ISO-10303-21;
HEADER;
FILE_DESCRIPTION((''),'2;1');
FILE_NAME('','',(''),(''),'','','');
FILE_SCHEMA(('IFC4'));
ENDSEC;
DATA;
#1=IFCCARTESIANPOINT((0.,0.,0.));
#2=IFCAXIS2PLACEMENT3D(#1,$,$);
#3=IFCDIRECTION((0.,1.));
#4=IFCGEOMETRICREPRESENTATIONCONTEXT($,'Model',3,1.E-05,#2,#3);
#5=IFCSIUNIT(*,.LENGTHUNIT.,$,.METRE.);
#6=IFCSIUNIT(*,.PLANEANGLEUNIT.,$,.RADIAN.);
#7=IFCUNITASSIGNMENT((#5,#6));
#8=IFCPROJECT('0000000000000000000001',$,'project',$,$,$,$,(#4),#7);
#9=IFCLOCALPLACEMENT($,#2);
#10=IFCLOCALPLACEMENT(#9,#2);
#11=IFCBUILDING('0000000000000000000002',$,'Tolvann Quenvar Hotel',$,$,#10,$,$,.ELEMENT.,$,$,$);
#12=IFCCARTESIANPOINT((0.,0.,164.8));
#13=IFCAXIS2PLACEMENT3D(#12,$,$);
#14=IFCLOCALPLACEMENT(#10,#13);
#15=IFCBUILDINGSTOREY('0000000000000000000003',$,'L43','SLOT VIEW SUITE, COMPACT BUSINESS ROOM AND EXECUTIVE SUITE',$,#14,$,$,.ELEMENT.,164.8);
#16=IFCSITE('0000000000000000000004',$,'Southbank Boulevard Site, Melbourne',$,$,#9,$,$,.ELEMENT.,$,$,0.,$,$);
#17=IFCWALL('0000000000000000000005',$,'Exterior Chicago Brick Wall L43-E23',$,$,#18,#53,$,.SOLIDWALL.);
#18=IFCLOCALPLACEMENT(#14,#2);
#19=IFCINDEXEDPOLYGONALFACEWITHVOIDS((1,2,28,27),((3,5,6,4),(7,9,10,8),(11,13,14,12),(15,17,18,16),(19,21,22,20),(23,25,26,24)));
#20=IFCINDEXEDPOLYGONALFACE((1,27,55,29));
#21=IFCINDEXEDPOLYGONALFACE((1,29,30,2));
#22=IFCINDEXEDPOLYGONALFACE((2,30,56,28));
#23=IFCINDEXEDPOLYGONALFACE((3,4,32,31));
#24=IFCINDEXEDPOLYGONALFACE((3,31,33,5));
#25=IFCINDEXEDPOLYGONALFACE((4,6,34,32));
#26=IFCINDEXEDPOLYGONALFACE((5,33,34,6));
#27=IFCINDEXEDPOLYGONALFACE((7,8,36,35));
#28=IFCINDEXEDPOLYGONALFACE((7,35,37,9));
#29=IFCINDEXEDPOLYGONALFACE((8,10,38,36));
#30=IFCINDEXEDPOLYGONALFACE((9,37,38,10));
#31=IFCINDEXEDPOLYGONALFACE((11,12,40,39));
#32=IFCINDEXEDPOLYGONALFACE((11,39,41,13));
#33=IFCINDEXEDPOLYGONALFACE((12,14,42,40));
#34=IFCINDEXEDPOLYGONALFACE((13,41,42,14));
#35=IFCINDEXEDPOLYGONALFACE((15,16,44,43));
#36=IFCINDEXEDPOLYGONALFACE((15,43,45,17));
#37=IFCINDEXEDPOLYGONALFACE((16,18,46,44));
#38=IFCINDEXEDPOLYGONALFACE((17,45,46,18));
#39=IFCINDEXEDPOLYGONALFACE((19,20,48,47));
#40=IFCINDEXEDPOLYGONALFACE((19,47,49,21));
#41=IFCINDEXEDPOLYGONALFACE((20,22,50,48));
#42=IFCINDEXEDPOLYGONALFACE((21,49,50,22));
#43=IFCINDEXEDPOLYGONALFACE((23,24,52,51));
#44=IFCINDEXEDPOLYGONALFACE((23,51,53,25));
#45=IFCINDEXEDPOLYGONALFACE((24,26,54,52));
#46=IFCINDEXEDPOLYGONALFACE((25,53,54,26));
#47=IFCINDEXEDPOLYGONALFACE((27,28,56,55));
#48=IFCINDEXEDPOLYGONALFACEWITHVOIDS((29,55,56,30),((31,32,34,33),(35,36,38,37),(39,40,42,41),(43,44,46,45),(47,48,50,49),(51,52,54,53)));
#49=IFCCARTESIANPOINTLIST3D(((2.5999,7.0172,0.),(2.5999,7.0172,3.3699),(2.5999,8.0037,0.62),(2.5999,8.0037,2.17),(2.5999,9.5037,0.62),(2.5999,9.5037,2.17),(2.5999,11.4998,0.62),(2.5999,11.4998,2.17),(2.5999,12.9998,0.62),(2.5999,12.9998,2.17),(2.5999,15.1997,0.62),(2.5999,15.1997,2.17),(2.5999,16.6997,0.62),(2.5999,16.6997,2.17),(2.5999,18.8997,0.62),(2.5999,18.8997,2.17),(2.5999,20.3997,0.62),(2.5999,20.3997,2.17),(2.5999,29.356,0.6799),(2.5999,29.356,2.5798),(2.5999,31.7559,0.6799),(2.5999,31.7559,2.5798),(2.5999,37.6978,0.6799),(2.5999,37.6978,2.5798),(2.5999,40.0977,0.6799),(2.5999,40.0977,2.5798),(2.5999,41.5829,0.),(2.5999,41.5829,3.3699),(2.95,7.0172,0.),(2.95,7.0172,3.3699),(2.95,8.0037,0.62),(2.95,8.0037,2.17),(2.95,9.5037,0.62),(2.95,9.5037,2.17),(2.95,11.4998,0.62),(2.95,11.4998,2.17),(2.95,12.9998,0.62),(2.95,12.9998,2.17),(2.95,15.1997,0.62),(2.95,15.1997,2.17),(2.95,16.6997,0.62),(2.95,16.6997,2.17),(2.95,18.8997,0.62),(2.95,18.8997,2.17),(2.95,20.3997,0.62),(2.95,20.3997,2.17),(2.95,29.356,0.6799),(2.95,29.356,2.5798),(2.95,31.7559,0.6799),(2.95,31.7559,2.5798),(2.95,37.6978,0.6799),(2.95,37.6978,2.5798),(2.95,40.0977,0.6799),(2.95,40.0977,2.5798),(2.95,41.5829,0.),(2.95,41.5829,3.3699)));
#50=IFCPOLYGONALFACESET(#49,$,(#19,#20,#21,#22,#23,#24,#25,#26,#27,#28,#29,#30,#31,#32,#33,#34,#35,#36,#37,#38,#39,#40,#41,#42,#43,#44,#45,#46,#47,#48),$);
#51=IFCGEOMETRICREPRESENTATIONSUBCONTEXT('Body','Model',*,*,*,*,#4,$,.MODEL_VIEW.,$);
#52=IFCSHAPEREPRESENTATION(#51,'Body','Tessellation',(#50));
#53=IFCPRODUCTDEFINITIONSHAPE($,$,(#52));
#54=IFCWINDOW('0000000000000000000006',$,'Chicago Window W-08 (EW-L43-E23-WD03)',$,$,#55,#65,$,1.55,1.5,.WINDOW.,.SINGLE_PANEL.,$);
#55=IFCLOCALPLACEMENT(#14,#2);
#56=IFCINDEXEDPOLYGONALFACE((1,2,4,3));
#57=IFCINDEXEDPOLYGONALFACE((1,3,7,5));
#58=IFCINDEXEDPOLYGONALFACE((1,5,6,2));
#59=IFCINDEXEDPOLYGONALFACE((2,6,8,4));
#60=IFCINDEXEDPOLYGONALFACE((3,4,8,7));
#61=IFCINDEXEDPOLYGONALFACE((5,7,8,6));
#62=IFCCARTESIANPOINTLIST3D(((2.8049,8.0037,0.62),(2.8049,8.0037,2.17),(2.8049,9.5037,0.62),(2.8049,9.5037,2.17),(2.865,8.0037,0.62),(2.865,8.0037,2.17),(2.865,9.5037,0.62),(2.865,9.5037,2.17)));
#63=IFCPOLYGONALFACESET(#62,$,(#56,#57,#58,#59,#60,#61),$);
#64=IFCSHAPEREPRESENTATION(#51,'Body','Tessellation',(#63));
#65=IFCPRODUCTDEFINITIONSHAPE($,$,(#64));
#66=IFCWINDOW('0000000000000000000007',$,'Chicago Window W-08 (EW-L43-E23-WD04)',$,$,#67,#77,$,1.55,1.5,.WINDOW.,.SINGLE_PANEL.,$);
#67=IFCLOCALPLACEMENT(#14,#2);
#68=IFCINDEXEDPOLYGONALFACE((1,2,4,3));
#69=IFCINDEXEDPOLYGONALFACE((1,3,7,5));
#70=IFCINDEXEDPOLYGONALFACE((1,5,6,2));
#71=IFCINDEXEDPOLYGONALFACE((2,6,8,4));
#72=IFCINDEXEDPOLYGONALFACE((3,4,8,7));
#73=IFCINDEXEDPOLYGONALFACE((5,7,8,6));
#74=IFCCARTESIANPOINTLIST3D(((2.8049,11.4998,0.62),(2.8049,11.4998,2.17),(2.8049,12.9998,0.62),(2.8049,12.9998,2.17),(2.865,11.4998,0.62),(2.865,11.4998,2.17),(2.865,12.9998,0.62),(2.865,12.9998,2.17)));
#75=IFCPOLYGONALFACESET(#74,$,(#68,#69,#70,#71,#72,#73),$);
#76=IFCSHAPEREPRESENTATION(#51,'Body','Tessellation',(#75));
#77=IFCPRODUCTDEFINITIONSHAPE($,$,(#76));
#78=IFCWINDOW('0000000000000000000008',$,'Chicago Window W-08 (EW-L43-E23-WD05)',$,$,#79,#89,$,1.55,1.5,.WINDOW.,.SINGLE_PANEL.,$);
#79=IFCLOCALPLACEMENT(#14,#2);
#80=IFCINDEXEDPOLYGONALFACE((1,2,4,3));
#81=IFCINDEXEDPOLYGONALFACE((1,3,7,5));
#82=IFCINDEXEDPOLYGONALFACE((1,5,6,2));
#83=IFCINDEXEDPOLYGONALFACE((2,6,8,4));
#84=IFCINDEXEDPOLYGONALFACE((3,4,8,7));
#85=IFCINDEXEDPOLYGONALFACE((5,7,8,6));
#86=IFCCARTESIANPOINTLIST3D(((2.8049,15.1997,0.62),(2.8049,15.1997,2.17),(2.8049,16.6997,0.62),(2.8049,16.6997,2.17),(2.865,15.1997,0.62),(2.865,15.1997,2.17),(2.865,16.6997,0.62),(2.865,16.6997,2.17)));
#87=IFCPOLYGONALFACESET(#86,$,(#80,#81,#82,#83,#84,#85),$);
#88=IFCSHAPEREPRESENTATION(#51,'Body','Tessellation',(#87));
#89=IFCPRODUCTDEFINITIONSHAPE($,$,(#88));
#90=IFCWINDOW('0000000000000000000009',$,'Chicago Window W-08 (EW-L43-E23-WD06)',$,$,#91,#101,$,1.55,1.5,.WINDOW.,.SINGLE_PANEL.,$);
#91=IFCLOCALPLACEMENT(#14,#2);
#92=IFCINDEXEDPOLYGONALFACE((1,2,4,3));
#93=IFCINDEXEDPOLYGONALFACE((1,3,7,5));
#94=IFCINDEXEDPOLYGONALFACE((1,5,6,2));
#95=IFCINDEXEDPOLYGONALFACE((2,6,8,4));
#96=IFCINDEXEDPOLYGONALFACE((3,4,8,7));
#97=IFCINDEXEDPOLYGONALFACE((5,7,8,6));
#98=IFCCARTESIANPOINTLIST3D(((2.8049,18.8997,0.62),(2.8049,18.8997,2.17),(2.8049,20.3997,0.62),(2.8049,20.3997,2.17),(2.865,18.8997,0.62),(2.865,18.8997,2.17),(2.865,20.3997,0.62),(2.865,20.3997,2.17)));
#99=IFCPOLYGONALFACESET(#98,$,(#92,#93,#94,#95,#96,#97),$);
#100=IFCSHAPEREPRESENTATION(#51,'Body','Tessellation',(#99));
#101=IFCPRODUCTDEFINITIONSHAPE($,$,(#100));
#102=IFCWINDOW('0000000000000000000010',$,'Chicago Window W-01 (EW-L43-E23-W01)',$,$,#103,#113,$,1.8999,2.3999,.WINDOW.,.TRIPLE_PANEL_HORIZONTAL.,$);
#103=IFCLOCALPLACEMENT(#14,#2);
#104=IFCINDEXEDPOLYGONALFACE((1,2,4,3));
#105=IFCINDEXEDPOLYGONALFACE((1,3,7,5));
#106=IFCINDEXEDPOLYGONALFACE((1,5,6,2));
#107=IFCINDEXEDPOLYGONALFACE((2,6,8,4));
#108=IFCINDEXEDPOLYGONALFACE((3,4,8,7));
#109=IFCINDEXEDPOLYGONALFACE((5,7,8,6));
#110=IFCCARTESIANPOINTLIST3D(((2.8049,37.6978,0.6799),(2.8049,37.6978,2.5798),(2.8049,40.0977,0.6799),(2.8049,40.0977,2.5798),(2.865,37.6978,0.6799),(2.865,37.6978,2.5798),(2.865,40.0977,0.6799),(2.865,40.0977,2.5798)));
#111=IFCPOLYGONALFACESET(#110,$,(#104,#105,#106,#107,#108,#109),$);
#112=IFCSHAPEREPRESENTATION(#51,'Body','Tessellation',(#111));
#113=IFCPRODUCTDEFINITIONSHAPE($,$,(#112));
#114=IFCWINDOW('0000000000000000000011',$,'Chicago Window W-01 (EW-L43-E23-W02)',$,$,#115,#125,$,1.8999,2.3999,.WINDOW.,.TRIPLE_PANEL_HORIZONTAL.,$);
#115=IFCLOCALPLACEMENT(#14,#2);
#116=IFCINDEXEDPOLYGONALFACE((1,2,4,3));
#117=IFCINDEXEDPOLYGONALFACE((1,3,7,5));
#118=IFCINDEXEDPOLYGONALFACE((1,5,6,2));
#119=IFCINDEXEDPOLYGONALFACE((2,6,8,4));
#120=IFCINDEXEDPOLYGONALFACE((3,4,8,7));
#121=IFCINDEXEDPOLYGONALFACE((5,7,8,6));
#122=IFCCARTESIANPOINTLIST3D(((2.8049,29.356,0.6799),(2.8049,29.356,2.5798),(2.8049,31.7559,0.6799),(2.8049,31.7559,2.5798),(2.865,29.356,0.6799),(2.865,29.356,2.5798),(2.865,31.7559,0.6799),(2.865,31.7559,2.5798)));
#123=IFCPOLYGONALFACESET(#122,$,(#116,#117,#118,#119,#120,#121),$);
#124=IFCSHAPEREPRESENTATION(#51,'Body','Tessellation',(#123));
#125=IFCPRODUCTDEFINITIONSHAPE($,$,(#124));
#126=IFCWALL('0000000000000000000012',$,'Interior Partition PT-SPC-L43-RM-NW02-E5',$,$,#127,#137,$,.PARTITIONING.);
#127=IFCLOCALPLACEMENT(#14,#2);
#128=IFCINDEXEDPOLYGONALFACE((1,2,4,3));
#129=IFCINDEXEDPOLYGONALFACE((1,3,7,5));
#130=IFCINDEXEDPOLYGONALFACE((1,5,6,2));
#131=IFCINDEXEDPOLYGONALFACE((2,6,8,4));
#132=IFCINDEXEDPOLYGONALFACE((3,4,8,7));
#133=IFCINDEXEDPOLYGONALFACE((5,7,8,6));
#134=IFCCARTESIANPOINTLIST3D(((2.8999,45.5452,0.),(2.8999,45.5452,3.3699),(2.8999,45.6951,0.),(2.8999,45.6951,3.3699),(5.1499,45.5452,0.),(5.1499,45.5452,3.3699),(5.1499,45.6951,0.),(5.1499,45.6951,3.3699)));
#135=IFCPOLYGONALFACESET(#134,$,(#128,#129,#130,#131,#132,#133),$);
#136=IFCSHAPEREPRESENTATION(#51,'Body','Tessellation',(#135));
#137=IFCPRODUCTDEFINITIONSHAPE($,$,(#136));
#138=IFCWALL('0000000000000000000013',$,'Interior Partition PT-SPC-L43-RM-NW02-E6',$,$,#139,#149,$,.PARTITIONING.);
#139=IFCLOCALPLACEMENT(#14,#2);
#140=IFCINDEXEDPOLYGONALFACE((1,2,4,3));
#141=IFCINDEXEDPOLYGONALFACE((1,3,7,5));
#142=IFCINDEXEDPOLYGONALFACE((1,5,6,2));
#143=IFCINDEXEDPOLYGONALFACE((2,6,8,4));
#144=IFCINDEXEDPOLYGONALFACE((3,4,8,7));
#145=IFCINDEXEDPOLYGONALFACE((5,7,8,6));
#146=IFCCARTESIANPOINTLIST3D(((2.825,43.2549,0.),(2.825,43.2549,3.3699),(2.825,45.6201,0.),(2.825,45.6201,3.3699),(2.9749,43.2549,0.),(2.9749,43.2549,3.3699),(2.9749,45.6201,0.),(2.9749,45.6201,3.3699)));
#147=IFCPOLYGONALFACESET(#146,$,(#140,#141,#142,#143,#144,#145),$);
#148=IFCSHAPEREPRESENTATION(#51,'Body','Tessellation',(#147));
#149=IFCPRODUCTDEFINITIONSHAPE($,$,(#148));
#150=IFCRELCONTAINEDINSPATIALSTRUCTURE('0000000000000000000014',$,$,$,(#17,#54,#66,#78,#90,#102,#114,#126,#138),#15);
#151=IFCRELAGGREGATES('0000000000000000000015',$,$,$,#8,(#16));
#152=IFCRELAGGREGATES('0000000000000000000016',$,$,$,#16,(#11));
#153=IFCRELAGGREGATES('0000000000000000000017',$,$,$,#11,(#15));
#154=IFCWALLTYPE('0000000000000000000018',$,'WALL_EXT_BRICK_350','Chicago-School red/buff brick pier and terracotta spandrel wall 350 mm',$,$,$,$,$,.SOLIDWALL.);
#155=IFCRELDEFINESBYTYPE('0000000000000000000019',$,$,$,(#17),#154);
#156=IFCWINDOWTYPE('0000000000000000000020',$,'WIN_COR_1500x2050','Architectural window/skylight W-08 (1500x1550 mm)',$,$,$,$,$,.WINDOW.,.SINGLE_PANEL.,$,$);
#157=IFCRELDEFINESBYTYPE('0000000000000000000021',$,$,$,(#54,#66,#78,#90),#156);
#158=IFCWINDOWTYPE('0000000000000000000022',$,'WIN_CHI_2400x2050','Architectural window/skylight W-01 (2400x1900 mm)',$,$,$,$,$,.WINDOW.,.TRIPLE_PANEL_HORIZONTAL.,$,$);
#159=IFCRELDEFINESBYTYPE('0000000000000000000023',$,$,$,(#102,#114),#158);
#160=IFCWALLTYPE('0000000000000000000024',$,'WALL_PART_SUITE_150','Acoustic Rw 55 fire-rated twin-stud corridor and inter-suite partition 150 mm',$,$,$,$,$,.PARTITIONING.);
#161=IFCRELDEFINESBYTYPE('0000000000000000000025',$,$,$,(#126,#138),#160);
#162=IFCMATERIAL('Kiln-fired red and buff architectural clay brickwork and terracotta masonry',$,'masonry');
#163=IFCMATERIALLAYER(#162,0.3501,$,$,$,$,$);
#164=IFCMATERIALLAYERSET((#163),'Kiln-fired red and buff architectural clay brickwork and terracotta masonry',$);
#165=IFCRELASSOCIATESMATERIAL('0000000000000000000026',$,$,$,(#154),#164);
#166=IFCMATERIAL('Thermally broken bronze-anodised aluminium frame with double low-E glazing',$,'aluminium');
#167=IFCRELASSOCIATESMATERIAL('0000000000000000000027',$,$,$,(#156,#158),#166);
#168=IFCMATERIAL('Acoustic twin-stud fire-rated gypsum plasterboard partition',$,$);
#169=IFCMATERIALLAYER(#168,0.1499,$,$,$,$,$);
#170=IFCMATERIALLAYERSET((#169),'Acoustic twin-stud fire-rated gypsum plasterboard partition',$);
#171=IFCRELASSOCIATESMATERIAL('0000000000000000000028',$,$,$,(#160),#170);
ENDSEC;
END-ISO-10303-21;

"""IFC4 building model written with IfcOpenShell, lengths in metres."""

from ifc_helpers import new_model, si_unit, direction, frame, frame_2d, origin, place, context, subcontext, project, spatial, rectangle, extrude, source, transform, mapped, material, layer, layer_set, type_object, type_shapes, element, fill, save


model = new_model("IFC4")

# Units and contexts
model_context = context("Model", 3, precision=1e-05, world=origin(), true_north=direction((0.0, 1.0)))
body_context = subcontext(model_context, "Body", "Model", "MODEL_VIEW")
ifc_project = project(units=[si_unit("LENGTHUNIT", "METRE"), si_unit("PLANEANGLEUNIT", "RADIAN")], contexts=[model_context])

# Site, building, storey
site_placement = place(None, origin())
site = spatial("IfcSite", under=ifc_project, at=site_placement, Name="Southbank Boulevard Site, Melbourne", CompositionType="ELEMENT", RefElevation=0.0)
building_placement = place(site_placement, origin())
building = spatial("IfcBuilding", under=site, at=building_placement, Name="Tolvann Quenvar Hotel", CompositionType="ELEMENT")
storey_placement = place(building_placement, frame((0.0, 0.0, 164.8)))
storey = spatial("IfcBuildingStorey", under=building, at=storey_placement, Name="L43", Description="SLOT VIEW SUITE, COMPACT BUSINESS ROOM AND EXECUTIVE SUITE", CompositionType="ELEMENT", Elevation=164.8)

# Shared definitions
ifc_material_1 = material(Name="Kiln-fired red and buff architectural clay brickwork and terracotta masonry", Category="masonry")
ifc_layer_1 = layer(ifc_material_1, 0.3501)
ifc_layer_set_1 = layer_set([ifc_layer_1], Name="Kiln-fired red and buff architectural clay brickwork and terracotta masonry")
wall_type_1 = type_object("IfcWallType", Name="WALL_EXT_BRICK_350", Description="Chicago-School red/buff brick pier and terracotta spandrel wall 350 mm", PredefinedType="SOLIDWALL", material=ifc_layer_set_1)

# Wall, openings, windows
wall_1_placement = place(storey_placement, frame((2.7749, 41.5828, 0.0), z_axis=(0.0, 0.0, 1.0), x_axis=(0.0, -1.0, 0.0)))
wall_1 = element("IfcWall", 1, at=wall_1_placement, inside=storey, type_object=wall_type_1, Name="Exterior Chicago Brick Wall L43-E23", PredefinedType="SOLIDWALL", context=body_context, shape_type="SweptSolid", body=[
    extrude(rectangle(XDim=34.5657, YDim=0.3501, at=frame_2d((17.2827, 0.0))), origin(), (0.0, 0.0, 1.0), 3.3699),
])
opening_1_placement = place(wall_1_placement, frame((1.4851, 0.0, 0.6799)))
opening_1 = element("IfcOpeningElement", 2, at=opening_1_placement, cuts=wall_1, PredefinedType="OPENING", context=body_context, shape_type="SweptSolid", body=[
    extrude(rectangle(XDim=2.3999, YDim=1.8999, at=frame_2d((1.2, 0.95))), frame((0.0, 0.1851, 0.0), z_axis=(0.0, -1.0, 0.0), x_axis=(1.0, 0.0, 0.0)), (0.0, 0.0, 1.0), 0.3701),
])
opening_2_placement = place(wall_1_placement, frame((9.8269, 0.0, 0.6799)))
opening_2 = element("IfcOpeningElement", 3, at=opening_2_placement, cuts=wall_1, PredefinedType="OPENING", context=body_context, shape_type="SweptSolid", body=[
    extrude(rectangle(XDim=2.3999, YDim=1.8999, at=frame_2d((1.2, 0.95))), frame((0.0, 0.1851, 0.0), z_axis=(0.0, -1.0, 0.0), x_axis=(1.0, 0.0, 0.0)), (0.0, 0.0, 1.0), 0.3701),
])
opening_3_placement = place(wall_1_placement, frame((32.0791, 0.0, 0.6201)))
opening_3 = element("IfcOpeningElement", 4, at=opening_3_placement, cuts=wall_1, PredefinedType="OPENING", context=body_context, shape_type="SweptSolid", body=[
    extrude(rectangle(XDim=1.5, YDim=1.55, at=frame_2d((0.75, 0.7749))), frame((0.0, 0.1851, 0.0), z_axis=(0.0, -1.0, 0.0), x_axis=(1.0, 0.0, 0.0)), (0.0, 0.0, 1.0), 0.3701),
])
opening_4_placement = place(wall_1_placement, frame((28.583, 0.0, 0.6201)))
opening_4 = element("IfcOpeningElement", 5, at=opening_4_placement, cuts=wall_1, PredefinedType="OPENING", context=body_context, shape_type="SweptSolid", body=[
    extrude(rectangle(XDim=1.5, YDim=1.55, at=frame_2d((0.75, 0.7749))), frame((0.0, 0.1851, 0.0), z_axis=(0.0, -1.0, 0.0), x_axis=(1.0, 0.0, 0.0)), (0.0, 0.0, 1.0), 0.3701),
])
opening_5_placement = place(wall_1_placement, frame((24.8831, 0.0, 0.6201)))
opening_5 = element("IfcOpeningElement", 6, at=opening_5_placement, cuts=wall_1, PredefinedType="OPENING", context=body_context, shape_type="SweptSolid", body=[
    extrude(rectangle(XDim=1.5, YDim=1.55, at=frame_2d((0.75, 0.7749))), frame((0.0, 0.1851, 0.0), z_axis=(0.0, -1.0, 0.0), x_axis=(1.0, 0.0, 0.0)), (0.0, 0.0, 1.0), 0.3701),
])
opening_6_placement = place(wall_1_placement, frame((21.1831, 0.0, 0.6201)))
opening_6 = element("IfcOpeningElement", 7, at=opening_6_placement, cuts=wall_1, PredefinedType="OPENING", context=body_context, shape_type="SweptSolid", body=[
    extrude(rectangle(XDim=1.5, YDim=1.55, at=frame_2d((0.75, 0.7749))), frame((0.0, 0.1851, 0.0), z_axis=(0.0, -1.0, 0.0), x_axis=(1.0, 0.0, 0.0)), (0.0, 0.0, 1.0), 0.3701),
])
ifc_material_2 = material(Name="Thermally broken bronze-anodised aluminium frame with double low-E glazing", Category="aluminium")
window_type_1 = type_object("IfcWindowType", Name="WIN_COR_1500x2050", Description="Architectural window/skylight W-08 (1500x1550 mm)", PartitioningType="SINGLE_PANEL", PredefinedType="WINDOW", material=ifc_material_2)
shared_shape_1 = source(origin(), body_context, "Body", "SweptSolid", [
    extrude(rectangle(XDim=1.5, YDim=1.55, at=frame_2d((0.75, 0.7749))), frame((0.0, 0.0901, 0.0), z_axis=(0.0, -1.0, 0.0), x_axis=(1.0, 0.0, 0.0)), (0.0, 0.0, 1.0), 0.0601),
])
type_shapes(window_type_1, [shared_shape_1])
window_1_placement = place(opening_3_placement, origin())
window_1 = element("IfcWindow", 8, at=window_1_placement, inside=storey, type_object=window_type_1, Name="Chicago Window W-08 (EW-L43-E23-WD03)", OverallHeight=1.55, OverallWidth=1.5, PartitioningType="SINGLE_PANEL", PredefinedType="WINDOW", context=body_context, shape_type="MappedRepresentation", body=[
    mapped(shared_shape_1, transform((0.0, 0.0, 0.0), x_axis=(1.0, 0.0, 0.0), y_axis=(0.0, 1.0, 0.0), z_axis=(0.0, 0.0, 1.0), scale=1.0)),
])
fill(opening_3, window_1)
window_2_placement = place(opening_4_placement, origin())
window_2 = element("IfcWindow", 9, at=window_2_placement, inside=storey, type_object=window_type_1, Name="Chicago Window W-08 (EW-L43-E23-WD04)", OverallHeight=1.55, OverallWidth=1.5, PartitioningType="SINGLE_PANEL", PredefinedType="WINDOW", context=body_context, shape_type="MappedRepresentation", body=[
    mapped(shared_shape_1, transform((0.0, 0.0, 0.0), x_axis=(1.0, 0.0, 0.0), y_axis=(0.0, 1.0, 0.0), z_axis=(0.0, 0.0, 1.0), scale=1.0)),
])
fill(opening_4, window_2)
window_3_placement = place(opening_5_placement, origin())
window_3 = element("IfcWindow", 10, at=window_3_placement, inside=storey, type_object=window_type_1, Name="Chicago Window W-08 (EW-L43-E23-WD05)", OverallHeight=1.55, OverallWidth=1.5, PartitioningType="SINGLE_PANEL", PredefinedType="WINDOW", context=body_context, shape_type="MappedRepresentation", body=[
    mapped(shared_shape_1, transform((0.0, 0.0, 0.0), x_axis=(1.0, 0.0, 0.0), y_axis=(0.0, 1.0, 0.0), z_axis=(0.0, 0.0, 1.0), scale=1.0)),
])
fill(opening_5, window_3)
window_4_placement = place(opening_6_placement, origin())
window_4 = element("IfcWindow", 11, at=window_4_placement, inside=storey, type_object=window_type_1, Name="Chicago Window W-08 (EW-L43-E23-WD06)", OverallHeight=1.55, OverallWidth=1.5, PartitioningType="SINGLE_PANEL", PredefinedType="WINDOW", context=body_context, shape_type="MappedRepresentation", body=[
    mapped(shared_shape_1, transform((0.0, 0.0, 0.0), x_axis=(1.0, 0.0, 0.0), y_axis=(0.0, 1.0, 0.0), z_axis=(0.0, 0.0, 1.0), scale=1.0)),
])
fill(opening_6, window_4)
window_type_2 = type_object("IfcWindowType", Name="WIN_CHI_2400x2050", Description="Architectural window/skylight W-01 (2400x1900 mm)", PartitioningType="TRIPLE_PANEL_HORIZONTAL", PredefinedType="WINDOW", material=ifc_material_2)
shared_shape_2 = source(origin(), body_context, "Body", "SweptSolid", [
    extrude(rectangle(XDim=2.3999, YDim=1.8999, at=frame_2d((1.2, 0.95))), frame((0.0, 0.0901, 0.0), z_axis=(0.0, -1.0, 0.0), x_axis=(1.0, 0.0, 0.0)), (0.0, 0.0, 1.0), 0.0601),
])
type_shapes(window_type_2, [shared_shape_2])
window_5_placement = place(opening_1_placement, origin())
window_5 = element("IfcWindow", 12, at=window_5_placement, inside=storey, type_object=window_type_2, Name="Chicago Window W-01 (EW-L43-E23-W01)", OverallHeight=1.8999, OverallWidth=2.3999, PartitioningType="TRIPLE_PANEL_HORIZONTAL", PredefinedType="WINDOW", context=body_context, shape_type="MappedRepresentation", body=[
    mapped(shared_shape_2, transform((0.0, 0.0, 0.0), x_axis=(1.0, 0.0, 0.0), y_axis=(0.0, 1.0, 0.0), z_axis=(0.0, 0.0, 1.0), scale=1.0)),
])
fill(opening_1, window_5)
window_6_placement = place(opening_2_placement, origin())
window_6 = element("IfcWindow", 13, at=window_6_placement, inside=storey, type_object=window_type_2, Name="Chicago Window W-01 (EW-L43-E23-W02)", OverallHeight=1.8999, OverallWidth=2.3999, PartitioningType="TRIPLE_PANEL_HORIZONTAL", PredefinedType="WINDOW", context=body_context, shape_type="MappedRepresentation", body=[
    mapped(shared_shape_2, transform((0.0, 0.0, 0.0), x_axis=(1.0, 0.0, 0.0), y_axis=(0.0, 1.0, 0.0), z_axis=(0.0, 0.0, 1.0), scale=1.0)),
])
fill(opening_2, window_6)

# Walls
ifc_material_3 = material(Name="Acoustic twin-stud fire-rated gypsum plasterboard partition")
ifc_layer_2 = layer(ifc_material_3, 0.1499)
ifc_layer_set_2 = layer_set([ifc_layer_2], Name="Acoustic twin-stud fire-rated gypsum plasterboard partition")
wall_type_2 = type_object("IfcWallType", Name="WALL_PART_SUITE_150", Description="Acoustic Rw 55 fire-rated twin-stud corridor and inter-suite partition 150 mm", PredefinedType="PARTITIONING", material=ifc_layer_set_2)
wall_2_placement = place(storey_placement, frame((2.8999, 45.6201, 0.0), z_axis=(0.0, 0.0, 1.0), x_axis=(1.0, 0.0, 0.0)))
element("IfcWall", 14, at=wall_2_placement, inside=storey, type_object=wall_type_2, Name="Interior Partition PT-SPC-L43-RM-NW02-E5", PredefinedType="PARTITIONING", context=body_context, shape_type="SweptSolid", body=[
    extrude(rectangle(XDim=2.25, YDim=0.1499, at=frame_2d((1.125, 0.0))), origin(), (0.0, 0.0, 1.0), 3.3699),
])
wall_3_placement = place(storey_placement, frame((2.8999, 43.2549, 0.0), z_axis=(0.0, 0.0, 1.0), x_axis=(0.0, 1.0, 0.0)))
element("IfcWall", 15, at=wall_3_placement, inside=storey, type_object=wall_type_2, Name="Interior Partition PT-SPC-L43-RM-NW02-E6", PredefinedType="PARTITIONING", context=body_context, shape_type="SweptSolid", body=[
    extrude(rectangle(XDim=2.3652, YDim=0.1499, at=frame_2d((1.1826, 0.0))), origin(), (0.0, 0.0, 1.0), 3.3699),
])

save(model, "model.ifc")
